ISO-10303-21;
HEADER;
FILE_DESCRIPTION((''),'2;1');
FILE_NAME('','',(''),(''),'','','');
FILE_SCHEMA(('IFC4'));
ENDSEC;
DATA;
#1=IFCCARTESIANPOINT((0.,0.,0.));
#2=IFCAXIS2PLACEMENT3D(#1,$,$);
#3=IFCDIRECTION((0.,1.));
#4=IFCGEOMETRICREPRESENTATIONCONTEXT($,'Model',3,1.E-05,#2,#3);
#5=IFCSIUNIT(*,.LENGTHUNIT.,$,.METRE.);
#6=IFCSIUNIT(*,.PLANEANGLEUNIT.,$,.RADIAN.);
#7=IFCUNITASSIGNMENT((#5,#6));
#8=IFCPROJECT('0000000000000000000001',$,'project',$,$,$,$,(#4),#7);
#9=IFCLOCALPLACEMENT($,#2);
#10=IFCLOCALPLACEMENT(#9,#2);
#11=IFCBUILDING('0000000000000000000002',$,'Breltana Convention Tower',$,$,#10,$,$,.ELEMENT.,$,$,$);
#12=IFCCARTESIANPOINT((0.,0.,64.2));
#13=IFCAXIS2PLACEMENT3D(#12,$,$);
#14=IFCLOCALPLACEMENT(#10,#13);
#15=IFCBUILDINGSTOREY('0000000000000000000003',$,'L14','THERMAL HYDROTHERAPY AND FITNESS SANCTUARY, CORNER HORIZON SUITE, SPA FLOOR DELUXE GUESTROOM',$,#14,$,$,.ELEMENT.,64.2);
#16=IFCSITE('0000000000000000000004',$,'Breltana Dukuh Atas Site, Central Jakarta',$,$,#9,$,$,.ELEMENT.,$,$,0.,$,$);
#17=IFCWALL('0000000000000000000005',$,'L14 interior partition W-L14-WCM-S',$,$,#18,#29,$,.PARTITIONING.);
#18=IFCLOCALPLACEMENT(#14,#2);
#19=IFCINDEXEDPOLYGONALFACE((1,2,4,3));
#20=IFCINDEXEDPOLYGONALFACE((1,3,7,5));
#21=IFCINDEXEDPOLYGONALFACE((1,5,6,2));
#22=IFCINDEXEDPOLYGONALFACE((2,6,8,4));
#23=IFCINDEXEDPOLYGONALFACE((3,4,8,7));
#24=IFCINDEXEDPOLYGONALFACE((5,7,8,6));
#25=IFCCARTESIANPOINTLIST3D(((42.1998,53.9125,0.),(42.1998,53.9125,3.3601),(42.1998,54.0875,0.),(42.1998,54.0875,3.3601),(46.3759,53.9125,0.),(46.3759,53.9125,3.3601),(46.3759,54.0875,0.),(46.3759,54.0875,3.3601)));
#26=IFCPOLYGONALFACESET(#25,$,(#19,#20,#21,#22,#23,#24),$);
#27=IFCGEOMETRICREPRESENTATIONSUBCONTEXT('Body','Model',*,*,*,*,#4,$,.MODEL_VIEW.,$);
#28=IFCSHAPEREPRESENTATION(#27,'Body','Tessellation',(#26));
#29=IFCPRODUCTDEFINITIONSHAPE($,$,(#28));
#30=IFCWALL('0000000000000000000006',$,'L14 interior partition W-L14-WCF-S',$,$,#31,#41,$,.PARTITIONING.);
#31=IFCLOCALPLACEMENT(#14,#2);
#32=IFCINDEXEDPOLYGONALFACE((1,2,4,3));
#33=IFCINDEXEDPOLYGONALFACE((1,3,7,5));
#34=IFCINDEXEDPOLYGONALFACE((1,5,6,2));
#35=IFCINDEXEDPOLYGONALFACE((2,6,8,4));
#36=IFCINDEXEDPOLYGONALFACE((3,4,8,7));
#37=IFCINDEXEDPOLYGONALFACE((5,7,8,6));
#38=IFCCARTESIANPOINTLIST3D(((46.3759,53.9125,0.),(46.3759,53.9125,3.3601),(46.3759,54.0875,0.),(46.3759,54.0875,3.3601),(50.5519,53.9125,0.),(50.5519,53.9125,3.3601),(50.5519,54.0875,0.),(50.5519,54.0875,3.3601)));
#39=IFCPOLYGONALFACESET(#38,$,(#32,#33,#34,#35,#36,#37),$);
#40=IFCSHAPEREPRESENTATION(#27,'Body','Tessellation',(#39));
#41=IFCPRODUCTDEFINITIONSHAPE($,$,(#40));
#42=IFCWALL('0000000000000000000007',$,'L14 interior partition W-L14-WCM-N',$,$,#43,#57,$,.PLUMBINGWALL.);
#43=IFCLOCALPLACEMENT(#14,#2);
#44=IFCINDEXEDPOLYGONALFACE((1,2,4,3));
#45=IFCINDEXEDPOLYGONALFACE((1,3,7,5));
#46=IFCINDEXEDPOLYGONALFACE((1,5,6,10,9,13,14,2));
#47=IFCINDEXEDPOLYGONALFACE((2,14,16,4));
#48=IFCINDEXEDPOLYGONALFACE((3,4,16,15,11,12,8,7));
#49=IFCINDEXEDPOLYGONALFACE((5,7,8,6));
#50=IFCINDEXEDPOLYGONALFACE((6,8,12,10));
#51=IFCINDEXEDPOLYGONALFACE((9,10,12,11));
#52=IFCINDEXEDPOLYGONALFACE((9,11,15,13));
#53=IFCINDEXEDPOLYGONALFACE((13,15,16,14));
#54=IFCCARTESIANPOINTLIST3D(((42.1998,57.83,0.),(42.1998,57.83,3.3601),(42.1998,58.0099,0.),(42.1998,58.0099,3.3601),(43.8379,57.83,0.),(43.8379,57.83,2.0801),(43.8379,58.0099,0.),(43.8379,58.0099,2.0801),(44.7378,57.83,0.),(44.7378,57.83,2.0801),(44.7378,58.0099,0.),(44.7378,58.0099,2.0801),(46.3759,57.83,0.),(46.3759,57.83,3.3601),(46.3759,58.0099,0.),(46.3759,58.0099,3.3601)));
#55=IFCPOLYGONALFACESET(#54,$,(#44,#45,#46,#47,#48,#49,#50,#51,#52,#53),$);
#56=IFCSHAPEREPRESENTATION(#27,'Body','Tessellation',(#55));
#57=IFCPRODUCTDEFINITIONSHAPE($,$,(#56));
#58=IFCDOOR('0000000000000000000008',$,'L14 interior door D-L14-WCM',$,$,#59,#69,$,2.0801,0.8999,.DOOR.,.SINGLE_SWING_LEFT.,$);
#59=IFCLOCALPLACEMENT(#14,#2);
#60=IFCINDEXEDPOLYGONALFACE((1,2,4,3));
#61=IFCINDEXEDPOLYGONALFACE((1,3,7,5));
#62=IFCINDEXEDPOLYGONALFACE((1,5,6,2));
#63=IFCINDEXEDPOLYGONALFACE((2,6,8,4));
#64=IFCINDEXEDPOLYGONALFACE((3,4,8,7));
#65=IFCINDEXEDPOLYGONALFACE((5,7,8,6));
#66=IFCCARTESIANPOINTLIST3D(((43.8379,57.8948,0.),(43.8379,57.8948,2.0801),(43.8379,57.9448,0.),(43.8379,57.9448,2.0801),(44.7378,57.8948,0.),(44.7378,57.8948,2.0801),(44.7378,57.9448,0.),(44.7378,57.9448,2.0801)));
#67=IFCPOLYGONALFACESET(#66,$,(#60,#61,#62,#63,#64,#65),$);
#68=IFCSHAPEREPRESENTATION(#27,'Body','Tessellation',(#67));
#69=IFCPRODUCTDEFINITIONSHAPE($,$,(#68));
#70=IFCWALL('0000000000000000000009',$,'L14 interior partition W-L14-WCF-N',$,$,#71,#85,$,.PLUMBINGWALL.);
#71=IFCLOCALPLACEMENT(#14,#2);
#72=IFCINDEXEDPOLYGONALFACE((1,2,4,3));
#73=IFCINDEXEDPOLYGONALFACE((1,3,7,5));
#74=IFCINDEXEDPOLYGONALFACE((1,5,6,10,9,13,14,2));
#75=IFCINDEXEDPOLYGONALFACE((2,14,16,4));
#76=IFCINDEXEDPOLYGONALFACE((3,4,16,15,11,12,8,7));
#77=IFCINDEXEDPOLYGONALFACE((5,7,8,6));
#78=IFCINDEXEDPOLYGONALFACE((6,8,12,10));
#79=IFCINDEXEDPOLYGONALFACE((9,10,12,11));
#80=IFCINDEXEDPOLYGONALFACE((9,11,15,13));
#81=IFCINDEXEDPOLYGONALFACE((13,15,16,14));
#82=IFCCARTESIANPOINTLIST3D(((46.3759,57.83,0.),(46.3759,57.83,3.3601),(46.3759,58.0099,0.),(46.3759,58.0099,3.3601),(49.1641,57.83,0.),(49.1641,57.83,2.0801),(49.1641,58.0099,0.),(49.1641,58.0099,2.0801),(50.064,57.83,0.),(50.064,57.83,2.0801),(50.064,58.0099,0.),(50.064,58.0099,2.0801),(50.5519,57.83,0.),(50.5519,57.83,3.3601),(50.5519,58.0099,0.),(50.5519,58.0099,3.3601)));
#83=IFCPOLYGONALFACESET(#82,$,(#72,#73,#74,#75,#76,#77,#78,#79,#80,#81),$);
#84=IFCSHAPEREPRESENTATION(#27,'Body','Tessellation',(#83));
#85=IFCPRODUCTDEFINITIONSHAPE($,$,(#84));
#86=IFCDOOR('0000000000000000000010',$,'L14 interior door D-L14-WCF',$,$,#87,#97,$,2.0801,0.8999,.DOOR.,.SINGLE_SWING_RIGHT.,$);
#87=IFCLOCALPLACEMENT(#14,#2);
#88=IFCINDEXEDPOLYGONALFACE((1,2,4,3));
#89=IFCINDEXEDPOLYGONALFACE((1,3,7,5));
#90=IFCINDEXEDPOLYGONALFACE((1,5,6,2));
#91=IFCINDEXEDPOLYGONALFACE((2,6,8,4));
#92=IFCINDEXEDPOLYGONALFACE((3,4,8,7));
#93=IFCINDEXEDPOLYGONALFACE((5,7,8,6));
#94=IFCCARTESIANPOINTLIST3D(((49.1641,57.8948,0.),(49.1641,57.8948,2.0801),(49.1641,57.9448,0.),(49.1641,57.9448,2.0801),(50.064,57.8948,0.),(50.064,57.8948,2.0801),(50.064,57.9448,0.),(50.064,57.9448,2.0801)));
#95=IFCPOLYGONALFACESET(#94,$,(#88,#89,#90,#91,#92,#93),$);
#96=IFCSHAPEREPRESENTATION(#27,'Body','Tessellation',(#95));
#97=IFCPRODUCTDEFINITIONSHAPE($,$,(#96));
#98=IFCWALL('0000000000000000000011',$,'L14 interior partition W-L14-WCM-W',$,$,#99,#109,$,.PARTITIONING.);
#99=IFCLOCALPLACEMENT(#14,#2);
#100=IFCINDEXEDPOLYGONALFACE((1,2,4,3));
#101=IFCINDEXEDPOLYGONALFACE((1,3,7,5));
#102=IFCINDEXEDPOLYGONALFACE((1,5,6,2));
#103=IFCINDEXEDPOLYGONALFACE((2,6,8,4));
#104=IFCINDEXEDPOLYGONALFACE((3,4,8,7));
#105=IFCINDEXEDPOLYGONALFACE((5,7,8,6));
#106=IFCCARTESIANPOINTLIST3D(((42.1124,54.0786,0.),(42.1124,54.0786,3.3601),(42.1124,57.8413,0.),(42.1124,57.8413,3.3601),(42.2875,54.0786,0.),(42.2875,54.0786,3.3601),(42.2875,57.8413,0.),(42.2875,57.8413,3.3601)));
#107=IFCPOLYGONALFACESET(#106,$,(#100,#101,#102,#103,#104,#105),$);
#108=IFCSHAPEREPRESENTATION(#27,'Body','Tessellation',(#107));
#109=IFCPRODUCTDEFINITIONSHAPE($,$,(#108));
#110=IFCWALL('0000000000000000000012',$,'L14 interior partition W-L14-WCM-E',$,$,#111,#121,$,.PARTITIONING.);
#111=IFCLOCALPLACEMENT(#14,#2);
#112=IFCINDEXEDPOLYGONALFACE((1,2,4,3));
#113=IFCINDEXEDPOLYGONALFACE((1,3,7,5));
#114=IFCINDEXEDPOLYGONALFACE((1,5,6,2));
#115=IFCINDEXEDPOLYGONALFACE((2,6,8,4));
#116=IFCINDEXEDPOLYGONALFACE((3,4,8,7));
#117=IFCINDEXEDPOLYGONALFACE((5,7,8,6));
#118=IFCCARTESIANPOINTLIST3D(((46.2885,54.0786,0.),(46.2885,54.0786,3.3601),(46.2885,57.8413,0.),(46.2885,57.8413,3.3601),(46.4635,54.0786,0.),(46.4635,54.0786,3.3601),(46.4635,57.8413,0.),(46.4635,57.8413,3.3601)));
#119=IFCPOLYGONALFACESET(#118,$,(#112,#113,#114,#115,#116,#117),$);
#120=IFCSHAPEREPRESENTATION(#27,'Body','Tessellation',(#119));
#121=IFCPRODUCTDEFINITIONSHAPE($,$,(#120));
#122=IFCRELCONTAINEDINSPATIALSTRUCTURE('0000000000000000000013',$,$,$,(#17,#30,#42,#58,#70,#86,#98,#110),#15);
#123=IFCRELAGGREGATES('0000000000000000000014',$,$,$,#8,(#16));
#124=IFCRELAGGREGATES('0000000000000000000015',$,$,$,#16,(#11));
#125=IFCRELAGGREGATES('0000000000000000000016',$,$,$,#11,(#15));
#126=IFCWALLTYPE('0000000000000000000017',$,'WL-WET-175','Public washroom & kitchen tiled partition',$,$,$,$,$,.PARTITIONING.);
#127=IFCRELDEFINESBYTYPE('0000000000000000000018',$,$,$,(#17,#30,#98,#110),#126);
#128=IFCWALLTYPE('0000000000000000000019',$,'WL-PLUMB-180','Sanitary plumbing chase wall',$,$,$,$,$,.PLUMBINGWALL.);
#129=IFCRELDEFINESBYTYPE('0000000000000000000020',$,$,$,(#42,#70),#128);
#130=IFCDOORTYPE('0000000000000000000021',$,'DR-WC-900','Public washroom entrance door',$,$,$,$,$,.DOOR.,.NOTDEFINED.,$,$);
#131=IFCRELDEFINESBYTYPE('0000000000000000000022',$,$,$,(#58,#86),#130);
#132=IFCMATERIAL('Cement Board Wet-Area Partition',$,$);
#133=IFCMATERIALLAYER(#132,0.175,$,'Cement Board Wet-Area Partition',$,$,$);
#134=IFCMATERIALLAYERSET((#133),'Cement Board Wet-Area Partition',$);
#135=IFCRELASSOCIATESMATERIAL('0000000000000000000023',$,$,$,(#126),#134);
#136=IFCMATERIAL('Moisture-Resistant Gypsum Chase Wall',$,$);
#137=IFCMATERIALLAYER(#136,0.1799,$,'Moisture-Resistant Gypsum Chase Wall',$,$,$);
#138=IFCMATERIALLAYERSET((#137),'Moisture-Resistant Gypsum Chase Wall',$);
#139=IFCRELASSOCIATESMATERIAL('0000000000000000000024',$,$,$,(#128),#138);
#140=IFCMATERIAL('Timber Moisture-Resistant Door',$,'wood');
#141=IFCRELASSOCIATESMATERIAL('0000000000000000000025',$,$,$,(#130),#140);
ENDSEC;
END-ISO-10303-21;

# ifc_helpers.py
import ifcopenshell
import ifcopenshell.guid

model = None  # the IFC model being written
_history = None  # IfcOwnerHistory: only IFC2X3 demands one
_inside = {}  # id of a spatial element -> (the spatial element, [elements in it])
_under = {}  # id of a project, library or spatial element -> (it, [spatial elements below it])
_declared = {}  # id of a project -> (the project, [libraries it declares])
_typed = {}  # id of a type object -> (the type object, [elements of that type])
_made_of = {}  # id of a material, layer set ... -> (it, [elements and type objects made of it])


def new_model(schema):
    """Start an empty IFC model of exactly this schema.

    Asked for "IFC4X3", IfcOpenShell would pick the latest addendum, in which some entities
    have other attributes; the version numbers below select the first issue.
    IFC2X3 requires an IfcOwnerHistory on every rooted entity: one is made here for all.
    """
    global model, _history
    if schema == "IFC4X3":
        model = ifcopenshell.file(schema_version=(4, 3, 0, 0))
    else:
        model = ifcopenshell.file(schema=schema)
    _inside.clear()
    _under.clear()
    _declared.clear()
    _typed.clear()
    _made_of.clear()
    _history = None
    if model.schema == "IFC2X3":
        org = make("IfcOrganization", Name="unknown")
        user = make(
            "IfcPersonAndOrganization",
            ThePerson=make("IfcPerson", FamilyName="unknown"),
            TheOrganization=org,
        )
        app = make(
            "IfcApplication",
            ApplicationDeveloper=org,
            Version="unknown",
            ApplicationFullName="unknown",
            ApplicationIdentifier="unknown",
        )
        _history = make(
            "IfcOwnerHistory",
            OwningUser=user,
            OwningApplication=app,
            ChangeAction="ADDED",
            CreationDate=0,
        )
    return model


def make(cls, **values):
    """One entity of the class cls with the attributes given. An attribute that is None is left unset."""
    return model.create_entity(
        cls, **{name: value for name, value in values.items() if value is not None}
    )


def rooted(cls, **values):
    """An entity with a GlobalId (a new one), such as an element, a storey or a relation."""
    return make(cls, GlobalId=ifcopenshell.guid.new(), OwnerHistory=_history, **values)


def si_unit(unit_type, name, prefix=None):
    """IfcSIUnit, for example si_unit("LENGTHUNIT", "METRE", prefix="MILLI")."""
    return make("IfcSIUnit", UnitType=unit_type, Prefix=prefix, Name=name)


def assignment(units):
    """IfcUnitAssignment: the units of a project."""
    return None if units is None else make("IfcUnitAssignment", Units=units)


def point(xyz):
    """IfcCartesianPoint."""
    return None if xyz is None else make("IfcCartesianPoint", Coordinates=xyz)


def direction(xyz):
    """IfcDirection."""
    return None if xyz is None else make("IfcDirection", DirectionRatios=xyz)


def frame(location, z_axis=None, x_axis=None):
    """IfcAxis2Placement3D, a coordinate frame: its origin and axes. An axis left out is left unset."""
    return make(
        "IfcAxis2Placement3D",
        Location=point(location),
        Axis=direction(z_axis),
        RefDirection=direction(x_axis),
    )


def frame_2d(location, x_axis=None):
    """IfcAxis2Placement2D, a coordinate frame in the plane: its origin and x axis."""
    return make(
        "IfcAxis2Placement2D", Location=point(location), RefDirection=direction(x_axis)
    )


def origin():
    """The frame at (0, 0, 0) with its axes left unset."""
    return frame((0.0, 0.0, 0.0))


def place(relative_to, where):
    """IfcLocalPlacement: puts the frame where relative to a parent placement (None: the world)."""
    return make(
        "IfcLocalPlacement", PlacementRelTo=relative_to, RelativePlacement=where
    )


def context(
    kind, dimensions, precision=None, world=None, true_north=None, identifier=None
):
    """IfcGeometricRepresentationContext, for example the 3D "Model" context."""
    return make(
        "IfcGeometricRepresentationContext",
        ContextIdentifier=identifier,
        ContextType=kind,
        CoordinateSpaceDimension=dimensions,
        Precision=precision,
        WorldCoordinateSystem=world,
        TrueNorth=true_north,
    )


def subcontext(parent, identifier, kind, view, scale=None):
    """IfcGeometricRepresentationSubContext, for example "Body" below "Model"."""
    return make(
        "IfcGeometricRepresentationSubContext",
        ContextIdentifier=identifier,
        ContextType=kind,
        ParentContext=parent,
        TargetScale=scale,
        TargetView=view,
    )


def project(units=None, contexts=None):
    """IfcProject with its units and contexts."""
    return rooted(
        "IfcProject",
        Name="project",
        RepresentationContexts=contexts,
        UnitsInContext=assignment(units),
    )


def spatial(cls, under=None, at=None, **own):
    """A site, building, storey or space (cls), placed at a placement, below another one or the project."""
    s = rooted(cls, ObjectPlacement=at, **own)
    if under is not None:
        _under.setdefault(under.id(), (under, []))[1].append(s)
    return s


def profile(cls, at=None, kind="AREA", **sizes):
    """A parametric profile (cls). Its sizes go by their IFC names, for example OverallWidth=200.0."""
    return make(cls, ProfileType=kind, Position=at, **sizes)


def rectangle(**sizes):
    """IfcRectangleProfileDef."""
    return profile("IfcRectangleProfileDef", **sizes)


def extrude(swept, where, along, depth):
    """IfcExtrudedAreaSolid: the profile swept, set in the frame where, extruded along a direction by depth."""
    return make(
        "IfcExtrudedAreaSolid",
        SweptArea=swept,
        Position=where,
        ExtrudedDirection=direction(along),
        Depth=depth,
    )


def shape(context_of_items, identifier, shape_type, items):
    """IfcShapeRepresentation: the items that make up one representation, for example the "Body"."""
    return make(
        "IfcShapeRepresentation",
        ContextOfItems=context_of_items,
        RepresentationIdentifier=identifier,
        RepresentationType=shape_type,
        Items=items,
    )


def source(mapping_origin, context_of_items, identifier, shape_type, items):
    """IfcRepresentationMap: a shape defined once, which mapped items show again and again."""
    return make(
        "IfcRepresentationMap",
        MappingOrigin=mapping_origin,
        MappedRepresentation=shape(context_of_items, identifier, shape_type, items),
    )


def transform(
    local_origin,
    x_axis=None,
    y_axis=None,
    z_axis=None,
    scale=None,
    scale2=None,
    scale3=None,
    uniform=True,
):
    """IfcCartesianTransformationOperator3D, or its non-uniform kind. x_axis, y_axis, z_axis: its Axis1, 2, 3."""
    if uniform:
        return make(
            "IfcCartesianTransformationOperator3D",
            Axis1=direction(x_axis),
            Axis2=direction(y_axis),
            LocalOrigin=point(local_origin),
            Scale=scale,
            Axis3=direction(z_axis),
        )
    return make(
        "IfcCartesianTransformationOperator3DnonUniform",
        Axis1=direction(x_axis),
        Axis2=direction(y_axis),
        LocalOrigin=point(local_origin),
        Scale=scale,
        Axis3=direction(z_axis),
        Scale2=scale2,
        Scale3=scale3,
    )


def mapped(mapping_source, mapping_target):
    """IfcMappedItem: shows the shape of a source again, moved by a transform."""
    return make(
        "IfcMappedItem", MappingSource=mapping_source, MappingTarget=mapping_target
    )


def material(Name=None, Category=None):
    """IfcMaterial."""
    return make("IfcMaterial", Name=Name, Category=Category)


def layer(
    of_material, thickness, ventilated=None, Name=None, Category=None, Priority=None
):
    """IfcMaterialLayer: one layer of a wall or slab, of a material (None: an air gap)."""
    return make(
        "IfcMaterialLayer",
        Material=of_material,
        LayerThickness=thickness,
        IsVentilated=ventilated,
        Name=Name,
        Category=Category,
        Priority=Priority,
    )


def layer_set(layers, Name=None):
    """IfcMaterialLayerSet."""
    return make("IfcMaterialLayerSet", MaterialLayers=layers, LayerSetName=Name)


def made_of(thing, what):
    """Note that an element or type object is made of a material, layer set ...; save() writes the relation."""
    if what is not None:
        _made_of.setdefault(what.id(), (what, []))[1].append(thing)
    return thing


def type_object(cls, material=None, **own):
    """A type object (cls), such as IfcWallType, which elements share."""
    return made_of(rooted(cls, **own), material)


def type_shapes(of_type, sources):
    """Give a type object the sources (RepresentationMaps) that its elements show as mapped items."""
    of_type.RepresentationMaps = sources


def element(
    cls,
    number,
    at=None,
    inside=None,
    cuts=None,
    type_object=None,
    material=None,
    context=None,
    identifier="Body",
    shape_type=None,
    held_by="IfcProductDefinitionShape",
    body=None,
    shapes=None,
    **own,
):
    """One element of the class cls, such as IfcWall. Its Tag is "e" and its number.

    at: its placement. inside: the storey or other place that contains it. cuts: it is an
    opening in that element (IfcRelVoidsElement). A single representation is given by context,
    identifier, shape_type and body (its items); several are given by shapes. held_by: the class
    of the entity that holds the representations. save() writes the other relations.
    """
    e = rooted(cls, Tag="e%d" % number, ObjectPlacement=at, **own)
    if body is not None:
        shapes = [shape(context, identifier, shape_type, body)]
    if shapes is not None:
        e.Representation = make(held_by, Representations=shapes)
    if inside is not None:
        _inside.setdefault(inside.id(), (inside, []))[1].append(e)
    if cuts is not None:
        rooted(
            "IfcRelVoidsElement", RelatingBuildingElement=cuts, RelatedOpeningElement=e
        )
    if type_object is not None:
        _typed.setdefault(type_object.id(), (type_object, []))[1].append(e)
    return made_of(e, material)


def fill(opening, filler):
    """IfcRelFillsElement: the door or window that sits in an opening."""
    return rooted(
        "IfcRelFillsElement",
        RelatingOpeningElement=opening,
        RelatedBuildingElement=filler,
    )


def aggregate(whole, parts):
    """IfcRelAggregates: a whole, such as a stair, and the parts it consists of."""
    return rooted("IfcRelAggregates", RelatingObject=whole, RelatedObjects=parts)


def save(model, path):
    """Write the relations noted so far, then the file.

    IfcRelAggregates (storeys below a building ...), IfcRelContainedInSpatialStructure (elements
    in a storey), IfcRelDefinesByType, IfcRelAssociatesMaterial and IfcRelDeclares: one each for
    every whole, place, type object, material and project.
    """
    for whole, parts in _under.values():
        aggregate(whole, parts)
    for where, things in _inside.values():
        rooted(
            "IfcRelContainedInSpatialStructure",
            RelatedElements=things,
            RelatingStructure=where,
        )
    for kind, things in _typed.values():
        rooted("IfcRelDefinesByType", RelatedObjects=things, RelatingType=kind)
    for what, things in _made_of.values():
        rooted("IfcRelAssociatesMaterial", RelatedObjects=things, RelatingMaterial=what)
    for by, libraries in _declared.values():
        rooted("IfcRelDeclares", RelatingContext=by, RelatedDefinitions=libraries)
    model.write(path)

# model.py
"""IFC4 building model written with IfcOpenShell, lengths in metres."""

from ifc_helpers import new_model, si_unit, direction, frame, frame_2d, origin, place, context, subcontext, project, spatial, rectangle, extrude, source, transform, mapped, material, layer, layer_set, type_object, type_shapes, element, fill, save


model = new_model("IFC4")

# Units and contexts
model_context = context("Model", 3, precision=1e-05, world=origin(), true_north=direction((0.0, 1.0)))
body_context = subcontext(model_context, "Body", "Model", "MODEL_VIEW")
ifc_project = project(units=[si_unit("LENGTHUNIT", "METRE"), si_unit("PLANEANGLEUNIT", "RADIAN")], contexts=[model_context])

# Site, building, storey
site_placement = place(None, origin())
site = spatial("IfcSite", under=ifc_project, at=site_placement, Name="Breltana Dukuh Atas Site, Central Jakarta", CompositionType="ELEMENT", RefElevation=0.0)
building_placement = place(site_placement, origin())
building = spatial("IfcBuilding", under=site, at=building_placement, Name="Breltana Convention Tower", CompositionType="ELEMENT")
storey_placement = place(building_placement, frame((0.0, 0.0, 64.2)))
storey = spatial("IfcBuildingStorey", under=building, at=storey_placement, Name="L14", Description="THERMAL HYDROTHERAPY AND FITNESS SANCTUARY, CORNER HORIZON SUITE, SPA FLOOR DELUXE GUESTROOM", CompositionType="ELEMENT", Elevation=64.2)

# Walls
ifc_material_1 = material(Name="Cement Board Wet-Area Partition")
ifc_layer_1 = layer(ifc_material_1, 0.175, Name="Cement Board Wet-Area Partition")
ifc_layer_set_1 = layer_set([ifc_layer_1], Name="Cement Board Wet-Area Partition")
wall_type_1 = type_object("IfcWallType", Name="WL-WET-175", Description="Public washroom & kitchen tiled partition", PredefinedType="PARTITIONING", material=ifc_layer_set_1)
shared_shape_1 = source(origin(), body_context, "Body", "SweptSolid", [
    extrude(rectangle(XDim=4.176, YDim=0.175, at=frame_2d((2.0879, 0.0))), origin(), (0.0, 0.0, 1.0), 3.3601),
])
for number, where, z_axis, x_axis, name in (
    (1, (42.2, 54.0, 0.0), (0.0, 0.0, 1.0), (1.0, 0.0, 0.0), "L14 interior partition W-L14-WCM-S"),
    (2, (46.376, 54.0, 0.0), (0.0, 0.0, 1.0), (1.0, 0.0, 0.0), "L14 interior partition W-L14-WCF-S"),
):
    element("IfcWall", number, at=place(storey_placement, frame(where, z_axis=z_axis, x_axis=x_axis)), inside=storey, type_object=wall_type_1, Name=name, PredefinedType="PARTITIONING", context=body_context, shape_type="MappedRepresentation", body=[
        mapped(shared_shape_1, transform((0.0, 0.0, 0.0), scale=1.0)),
    ])

# Walls, openings, doors
ifc_material_2 = material(Name="Moisture-Resistant Gypsum Chase Wall")
ifc_layer_2 = layer(ifc_material_2, 0.1799, Name="Moisture-Resistant Gypsum Chase Wall")
ifc_layer_set_2 = layer_set([ifc_layer_2], Name="Moisture-Resistant Gypsum Chase Wall")
wall_type_2 = type_object("IfcWallType", Name="WL-PLUMB-180", Description="Sanitary plumbing chase wall", PredefinedType="PLUMBINGWALL", material=ifc_layer_set_2)
shared_shape_2 = source(origin(), body_context, "Body", "SweptSolid", [
    extrude(rectangle(XDim=4.176, YDim=0.1799, at=frame_2d((2.0879, 0.0))), origin(), (0.0, 0.0, 1.0), 3.3601),
])
wall_1_placement = place(storey_placement, frame((42.2, 57.9199, 0.0), z_axis=(0.0, 0.0, 1.0), x_axis=(1.0, 0.0, 0.0)))
wall_1 = element("IfcWall", 3, at=wall_1_placement, inside=storey, type_object=wall_type_2, Name="L14 interior partition W-L14-WCM-N", PredefinedType="PLUMBINGWALL", context=body_context, shape_type="MappedRepresentation", body=[
    mapped(shared_shape_2, transform((0.0, 0.0, 0.0), scale=1.0)),
])
opening_1_placement = place(wall_1_placement, frame((1.6379, 0.0, 0.0)))
opening_1 = element("IfcOpeningElement", 4, at=opening_1_placement, cuts=wall_1, PredefinedType="OPENING", context=body_context, shape_type="SweptSolid", body=[
    extrude(rectangle(XDim=0.8999, YDim=2.0801, at=frame_2d((0.45, 1.04))), frame((0.0, 0.1001, 0.0), z_axis=(0.0, -1.0, 0.0), x_axis=(1.0, 0.0, 0.0)), (0.0, 0.0, 1.0), 0.2),
])
ifc_material_3 = material(Name="Timber Moisture-Resistant Door", Category="wood")
door_type = type_object("IfcDoorType", Name="DR-WC-900", Description="Public washroom entrance door", OperationType="NOTDEFINED", PredefinedType="DOOR", material=ifc_material_3)
shared_shape_3 = source(origin(), body_context, "Body", "SweptSolid", [
    extrude(rectangle(XDim=0.8999, YDim=2.0801, at=frame_2d((0.45, 1.04))), frame((0.0, 0.0249, 0.0), z_axis=(0.0, -1.0, 0.0), x_axis=(1.0, 0.0, 0.0)), (0.0, 0.0, 1.0), 0.05),
])
type_shapes(door_type, [shared_shape_3])
door_1_placement = place(opening_1_placement, origin())
door_1 = element("IfcDoor", 5, at=door_1_placement, inside=storey, type_object=door_type, Name="L14 interior door D-L14-WCM", OperationType="SINGLE_SWING_LEFT", OverallHeight=2.0801, OverallWidth=0.8999, PredefinedType="DOOR", context=body_context, shape_type="MappedRepresentation", body=[
    mapped(shared_shape_3, transform((0.0, 0.0, 0.0), scale=1.0)),
])
fill(opening_1, door_1)
wall_2_placement = place(storey_placement, frame((46.376, 57.9199, 0.0), z_axis=(0.0, 0.0, 1.0), x_axis=(1.0, 0.0, 0.0)))
wall_2 = element("IfcWall", 6, at=wall_2_placement, inside=storey, type_object=wall_type_2, Name="L14 interior partition W-L14-WCF-N", PredefinedType="PLUMBINGWALL", context=body_context, shape_type="MappedRepresentation", body=[
    mapped(shared_shape_2, transform((0.0, 0.0, 0.0), scale=1.0)),
])
opening_2_placement = place(wall_2_placement, frame((2.7881, 0.0, 0.0)))
opening_2 = element("IfcOpeningElement", 7, at=opening_2_placement, cuts=wall_2, PredefinedType="OPENING", context=body_context, shape_type="SweptSolid", body=[
    extrude(rectangle(XDim=0.8999, YDim=2.0801, at=frame_2d((0.45, 1.04))), frame((0.0, 0.1001, 0.0), z_axis=(0.0, -1.0, 0.0), x_axis=(1.0, 0.0, 0.0)), (0.0, 0.0, 1.0), 0.2),
])
door_2_placement = place(opening_2_placement, origin())
door_2 = element("IfcDoor", 8, at=door_2_placement, inside=storey, type_object=door_type, Name="L14 interior door D-L14-WCF", OperationType="SINGLE_SWING_RIGHT", OverallHeight=2.0801, OverallWidth=0.8999, PredefinedType="DOOR", context=body_context, shape_type="MappedRepresentation", body=[
    mapped(shared_shape_3, transform((0.0, 0.0, 0.0), scale=1.0)),
])
fill(opening_2, door_2)

# Walls
shared_shape_4 = source(origin(), body_context, "Body", "SweptSolid", [
    extrude(rectangle(XDim=3.7627, YDim=0.175, at=frame_2d((1.8813, 0.0))), origin(), (0.0, 0.0, 1.0), 3.3601),
])
for number, where, z_axis, x_axis, name in (
    (9, (42.2, 54.0786, 0.0), (0.0, 0.0, 1.0), (0.0, 1.0, 0.0), "L14 interior partition W-L14-WCM-W"),
    (10, (46.376, 54.0786, 0.0), (0.0, 0.0, 1.0), (0.0, 1.0, 0.0), "L14 interior partition W-L14-WCM-E"),
):
    element("IfcWall", number, at=place(storey_placement, frame(where, z_axis=z_axis, x_axis=x_axis)), inside=storey, type_object=wall_type_1, Name=name, PredefinedType="PARTITIONING", context=body_context, shape_type="MappedRepresentation", body=[
        mapped(shared_shape_4, transform((0.0, 0.0, 0.0), scale=1.0)),
    ])

save(model, "model.ifc")
